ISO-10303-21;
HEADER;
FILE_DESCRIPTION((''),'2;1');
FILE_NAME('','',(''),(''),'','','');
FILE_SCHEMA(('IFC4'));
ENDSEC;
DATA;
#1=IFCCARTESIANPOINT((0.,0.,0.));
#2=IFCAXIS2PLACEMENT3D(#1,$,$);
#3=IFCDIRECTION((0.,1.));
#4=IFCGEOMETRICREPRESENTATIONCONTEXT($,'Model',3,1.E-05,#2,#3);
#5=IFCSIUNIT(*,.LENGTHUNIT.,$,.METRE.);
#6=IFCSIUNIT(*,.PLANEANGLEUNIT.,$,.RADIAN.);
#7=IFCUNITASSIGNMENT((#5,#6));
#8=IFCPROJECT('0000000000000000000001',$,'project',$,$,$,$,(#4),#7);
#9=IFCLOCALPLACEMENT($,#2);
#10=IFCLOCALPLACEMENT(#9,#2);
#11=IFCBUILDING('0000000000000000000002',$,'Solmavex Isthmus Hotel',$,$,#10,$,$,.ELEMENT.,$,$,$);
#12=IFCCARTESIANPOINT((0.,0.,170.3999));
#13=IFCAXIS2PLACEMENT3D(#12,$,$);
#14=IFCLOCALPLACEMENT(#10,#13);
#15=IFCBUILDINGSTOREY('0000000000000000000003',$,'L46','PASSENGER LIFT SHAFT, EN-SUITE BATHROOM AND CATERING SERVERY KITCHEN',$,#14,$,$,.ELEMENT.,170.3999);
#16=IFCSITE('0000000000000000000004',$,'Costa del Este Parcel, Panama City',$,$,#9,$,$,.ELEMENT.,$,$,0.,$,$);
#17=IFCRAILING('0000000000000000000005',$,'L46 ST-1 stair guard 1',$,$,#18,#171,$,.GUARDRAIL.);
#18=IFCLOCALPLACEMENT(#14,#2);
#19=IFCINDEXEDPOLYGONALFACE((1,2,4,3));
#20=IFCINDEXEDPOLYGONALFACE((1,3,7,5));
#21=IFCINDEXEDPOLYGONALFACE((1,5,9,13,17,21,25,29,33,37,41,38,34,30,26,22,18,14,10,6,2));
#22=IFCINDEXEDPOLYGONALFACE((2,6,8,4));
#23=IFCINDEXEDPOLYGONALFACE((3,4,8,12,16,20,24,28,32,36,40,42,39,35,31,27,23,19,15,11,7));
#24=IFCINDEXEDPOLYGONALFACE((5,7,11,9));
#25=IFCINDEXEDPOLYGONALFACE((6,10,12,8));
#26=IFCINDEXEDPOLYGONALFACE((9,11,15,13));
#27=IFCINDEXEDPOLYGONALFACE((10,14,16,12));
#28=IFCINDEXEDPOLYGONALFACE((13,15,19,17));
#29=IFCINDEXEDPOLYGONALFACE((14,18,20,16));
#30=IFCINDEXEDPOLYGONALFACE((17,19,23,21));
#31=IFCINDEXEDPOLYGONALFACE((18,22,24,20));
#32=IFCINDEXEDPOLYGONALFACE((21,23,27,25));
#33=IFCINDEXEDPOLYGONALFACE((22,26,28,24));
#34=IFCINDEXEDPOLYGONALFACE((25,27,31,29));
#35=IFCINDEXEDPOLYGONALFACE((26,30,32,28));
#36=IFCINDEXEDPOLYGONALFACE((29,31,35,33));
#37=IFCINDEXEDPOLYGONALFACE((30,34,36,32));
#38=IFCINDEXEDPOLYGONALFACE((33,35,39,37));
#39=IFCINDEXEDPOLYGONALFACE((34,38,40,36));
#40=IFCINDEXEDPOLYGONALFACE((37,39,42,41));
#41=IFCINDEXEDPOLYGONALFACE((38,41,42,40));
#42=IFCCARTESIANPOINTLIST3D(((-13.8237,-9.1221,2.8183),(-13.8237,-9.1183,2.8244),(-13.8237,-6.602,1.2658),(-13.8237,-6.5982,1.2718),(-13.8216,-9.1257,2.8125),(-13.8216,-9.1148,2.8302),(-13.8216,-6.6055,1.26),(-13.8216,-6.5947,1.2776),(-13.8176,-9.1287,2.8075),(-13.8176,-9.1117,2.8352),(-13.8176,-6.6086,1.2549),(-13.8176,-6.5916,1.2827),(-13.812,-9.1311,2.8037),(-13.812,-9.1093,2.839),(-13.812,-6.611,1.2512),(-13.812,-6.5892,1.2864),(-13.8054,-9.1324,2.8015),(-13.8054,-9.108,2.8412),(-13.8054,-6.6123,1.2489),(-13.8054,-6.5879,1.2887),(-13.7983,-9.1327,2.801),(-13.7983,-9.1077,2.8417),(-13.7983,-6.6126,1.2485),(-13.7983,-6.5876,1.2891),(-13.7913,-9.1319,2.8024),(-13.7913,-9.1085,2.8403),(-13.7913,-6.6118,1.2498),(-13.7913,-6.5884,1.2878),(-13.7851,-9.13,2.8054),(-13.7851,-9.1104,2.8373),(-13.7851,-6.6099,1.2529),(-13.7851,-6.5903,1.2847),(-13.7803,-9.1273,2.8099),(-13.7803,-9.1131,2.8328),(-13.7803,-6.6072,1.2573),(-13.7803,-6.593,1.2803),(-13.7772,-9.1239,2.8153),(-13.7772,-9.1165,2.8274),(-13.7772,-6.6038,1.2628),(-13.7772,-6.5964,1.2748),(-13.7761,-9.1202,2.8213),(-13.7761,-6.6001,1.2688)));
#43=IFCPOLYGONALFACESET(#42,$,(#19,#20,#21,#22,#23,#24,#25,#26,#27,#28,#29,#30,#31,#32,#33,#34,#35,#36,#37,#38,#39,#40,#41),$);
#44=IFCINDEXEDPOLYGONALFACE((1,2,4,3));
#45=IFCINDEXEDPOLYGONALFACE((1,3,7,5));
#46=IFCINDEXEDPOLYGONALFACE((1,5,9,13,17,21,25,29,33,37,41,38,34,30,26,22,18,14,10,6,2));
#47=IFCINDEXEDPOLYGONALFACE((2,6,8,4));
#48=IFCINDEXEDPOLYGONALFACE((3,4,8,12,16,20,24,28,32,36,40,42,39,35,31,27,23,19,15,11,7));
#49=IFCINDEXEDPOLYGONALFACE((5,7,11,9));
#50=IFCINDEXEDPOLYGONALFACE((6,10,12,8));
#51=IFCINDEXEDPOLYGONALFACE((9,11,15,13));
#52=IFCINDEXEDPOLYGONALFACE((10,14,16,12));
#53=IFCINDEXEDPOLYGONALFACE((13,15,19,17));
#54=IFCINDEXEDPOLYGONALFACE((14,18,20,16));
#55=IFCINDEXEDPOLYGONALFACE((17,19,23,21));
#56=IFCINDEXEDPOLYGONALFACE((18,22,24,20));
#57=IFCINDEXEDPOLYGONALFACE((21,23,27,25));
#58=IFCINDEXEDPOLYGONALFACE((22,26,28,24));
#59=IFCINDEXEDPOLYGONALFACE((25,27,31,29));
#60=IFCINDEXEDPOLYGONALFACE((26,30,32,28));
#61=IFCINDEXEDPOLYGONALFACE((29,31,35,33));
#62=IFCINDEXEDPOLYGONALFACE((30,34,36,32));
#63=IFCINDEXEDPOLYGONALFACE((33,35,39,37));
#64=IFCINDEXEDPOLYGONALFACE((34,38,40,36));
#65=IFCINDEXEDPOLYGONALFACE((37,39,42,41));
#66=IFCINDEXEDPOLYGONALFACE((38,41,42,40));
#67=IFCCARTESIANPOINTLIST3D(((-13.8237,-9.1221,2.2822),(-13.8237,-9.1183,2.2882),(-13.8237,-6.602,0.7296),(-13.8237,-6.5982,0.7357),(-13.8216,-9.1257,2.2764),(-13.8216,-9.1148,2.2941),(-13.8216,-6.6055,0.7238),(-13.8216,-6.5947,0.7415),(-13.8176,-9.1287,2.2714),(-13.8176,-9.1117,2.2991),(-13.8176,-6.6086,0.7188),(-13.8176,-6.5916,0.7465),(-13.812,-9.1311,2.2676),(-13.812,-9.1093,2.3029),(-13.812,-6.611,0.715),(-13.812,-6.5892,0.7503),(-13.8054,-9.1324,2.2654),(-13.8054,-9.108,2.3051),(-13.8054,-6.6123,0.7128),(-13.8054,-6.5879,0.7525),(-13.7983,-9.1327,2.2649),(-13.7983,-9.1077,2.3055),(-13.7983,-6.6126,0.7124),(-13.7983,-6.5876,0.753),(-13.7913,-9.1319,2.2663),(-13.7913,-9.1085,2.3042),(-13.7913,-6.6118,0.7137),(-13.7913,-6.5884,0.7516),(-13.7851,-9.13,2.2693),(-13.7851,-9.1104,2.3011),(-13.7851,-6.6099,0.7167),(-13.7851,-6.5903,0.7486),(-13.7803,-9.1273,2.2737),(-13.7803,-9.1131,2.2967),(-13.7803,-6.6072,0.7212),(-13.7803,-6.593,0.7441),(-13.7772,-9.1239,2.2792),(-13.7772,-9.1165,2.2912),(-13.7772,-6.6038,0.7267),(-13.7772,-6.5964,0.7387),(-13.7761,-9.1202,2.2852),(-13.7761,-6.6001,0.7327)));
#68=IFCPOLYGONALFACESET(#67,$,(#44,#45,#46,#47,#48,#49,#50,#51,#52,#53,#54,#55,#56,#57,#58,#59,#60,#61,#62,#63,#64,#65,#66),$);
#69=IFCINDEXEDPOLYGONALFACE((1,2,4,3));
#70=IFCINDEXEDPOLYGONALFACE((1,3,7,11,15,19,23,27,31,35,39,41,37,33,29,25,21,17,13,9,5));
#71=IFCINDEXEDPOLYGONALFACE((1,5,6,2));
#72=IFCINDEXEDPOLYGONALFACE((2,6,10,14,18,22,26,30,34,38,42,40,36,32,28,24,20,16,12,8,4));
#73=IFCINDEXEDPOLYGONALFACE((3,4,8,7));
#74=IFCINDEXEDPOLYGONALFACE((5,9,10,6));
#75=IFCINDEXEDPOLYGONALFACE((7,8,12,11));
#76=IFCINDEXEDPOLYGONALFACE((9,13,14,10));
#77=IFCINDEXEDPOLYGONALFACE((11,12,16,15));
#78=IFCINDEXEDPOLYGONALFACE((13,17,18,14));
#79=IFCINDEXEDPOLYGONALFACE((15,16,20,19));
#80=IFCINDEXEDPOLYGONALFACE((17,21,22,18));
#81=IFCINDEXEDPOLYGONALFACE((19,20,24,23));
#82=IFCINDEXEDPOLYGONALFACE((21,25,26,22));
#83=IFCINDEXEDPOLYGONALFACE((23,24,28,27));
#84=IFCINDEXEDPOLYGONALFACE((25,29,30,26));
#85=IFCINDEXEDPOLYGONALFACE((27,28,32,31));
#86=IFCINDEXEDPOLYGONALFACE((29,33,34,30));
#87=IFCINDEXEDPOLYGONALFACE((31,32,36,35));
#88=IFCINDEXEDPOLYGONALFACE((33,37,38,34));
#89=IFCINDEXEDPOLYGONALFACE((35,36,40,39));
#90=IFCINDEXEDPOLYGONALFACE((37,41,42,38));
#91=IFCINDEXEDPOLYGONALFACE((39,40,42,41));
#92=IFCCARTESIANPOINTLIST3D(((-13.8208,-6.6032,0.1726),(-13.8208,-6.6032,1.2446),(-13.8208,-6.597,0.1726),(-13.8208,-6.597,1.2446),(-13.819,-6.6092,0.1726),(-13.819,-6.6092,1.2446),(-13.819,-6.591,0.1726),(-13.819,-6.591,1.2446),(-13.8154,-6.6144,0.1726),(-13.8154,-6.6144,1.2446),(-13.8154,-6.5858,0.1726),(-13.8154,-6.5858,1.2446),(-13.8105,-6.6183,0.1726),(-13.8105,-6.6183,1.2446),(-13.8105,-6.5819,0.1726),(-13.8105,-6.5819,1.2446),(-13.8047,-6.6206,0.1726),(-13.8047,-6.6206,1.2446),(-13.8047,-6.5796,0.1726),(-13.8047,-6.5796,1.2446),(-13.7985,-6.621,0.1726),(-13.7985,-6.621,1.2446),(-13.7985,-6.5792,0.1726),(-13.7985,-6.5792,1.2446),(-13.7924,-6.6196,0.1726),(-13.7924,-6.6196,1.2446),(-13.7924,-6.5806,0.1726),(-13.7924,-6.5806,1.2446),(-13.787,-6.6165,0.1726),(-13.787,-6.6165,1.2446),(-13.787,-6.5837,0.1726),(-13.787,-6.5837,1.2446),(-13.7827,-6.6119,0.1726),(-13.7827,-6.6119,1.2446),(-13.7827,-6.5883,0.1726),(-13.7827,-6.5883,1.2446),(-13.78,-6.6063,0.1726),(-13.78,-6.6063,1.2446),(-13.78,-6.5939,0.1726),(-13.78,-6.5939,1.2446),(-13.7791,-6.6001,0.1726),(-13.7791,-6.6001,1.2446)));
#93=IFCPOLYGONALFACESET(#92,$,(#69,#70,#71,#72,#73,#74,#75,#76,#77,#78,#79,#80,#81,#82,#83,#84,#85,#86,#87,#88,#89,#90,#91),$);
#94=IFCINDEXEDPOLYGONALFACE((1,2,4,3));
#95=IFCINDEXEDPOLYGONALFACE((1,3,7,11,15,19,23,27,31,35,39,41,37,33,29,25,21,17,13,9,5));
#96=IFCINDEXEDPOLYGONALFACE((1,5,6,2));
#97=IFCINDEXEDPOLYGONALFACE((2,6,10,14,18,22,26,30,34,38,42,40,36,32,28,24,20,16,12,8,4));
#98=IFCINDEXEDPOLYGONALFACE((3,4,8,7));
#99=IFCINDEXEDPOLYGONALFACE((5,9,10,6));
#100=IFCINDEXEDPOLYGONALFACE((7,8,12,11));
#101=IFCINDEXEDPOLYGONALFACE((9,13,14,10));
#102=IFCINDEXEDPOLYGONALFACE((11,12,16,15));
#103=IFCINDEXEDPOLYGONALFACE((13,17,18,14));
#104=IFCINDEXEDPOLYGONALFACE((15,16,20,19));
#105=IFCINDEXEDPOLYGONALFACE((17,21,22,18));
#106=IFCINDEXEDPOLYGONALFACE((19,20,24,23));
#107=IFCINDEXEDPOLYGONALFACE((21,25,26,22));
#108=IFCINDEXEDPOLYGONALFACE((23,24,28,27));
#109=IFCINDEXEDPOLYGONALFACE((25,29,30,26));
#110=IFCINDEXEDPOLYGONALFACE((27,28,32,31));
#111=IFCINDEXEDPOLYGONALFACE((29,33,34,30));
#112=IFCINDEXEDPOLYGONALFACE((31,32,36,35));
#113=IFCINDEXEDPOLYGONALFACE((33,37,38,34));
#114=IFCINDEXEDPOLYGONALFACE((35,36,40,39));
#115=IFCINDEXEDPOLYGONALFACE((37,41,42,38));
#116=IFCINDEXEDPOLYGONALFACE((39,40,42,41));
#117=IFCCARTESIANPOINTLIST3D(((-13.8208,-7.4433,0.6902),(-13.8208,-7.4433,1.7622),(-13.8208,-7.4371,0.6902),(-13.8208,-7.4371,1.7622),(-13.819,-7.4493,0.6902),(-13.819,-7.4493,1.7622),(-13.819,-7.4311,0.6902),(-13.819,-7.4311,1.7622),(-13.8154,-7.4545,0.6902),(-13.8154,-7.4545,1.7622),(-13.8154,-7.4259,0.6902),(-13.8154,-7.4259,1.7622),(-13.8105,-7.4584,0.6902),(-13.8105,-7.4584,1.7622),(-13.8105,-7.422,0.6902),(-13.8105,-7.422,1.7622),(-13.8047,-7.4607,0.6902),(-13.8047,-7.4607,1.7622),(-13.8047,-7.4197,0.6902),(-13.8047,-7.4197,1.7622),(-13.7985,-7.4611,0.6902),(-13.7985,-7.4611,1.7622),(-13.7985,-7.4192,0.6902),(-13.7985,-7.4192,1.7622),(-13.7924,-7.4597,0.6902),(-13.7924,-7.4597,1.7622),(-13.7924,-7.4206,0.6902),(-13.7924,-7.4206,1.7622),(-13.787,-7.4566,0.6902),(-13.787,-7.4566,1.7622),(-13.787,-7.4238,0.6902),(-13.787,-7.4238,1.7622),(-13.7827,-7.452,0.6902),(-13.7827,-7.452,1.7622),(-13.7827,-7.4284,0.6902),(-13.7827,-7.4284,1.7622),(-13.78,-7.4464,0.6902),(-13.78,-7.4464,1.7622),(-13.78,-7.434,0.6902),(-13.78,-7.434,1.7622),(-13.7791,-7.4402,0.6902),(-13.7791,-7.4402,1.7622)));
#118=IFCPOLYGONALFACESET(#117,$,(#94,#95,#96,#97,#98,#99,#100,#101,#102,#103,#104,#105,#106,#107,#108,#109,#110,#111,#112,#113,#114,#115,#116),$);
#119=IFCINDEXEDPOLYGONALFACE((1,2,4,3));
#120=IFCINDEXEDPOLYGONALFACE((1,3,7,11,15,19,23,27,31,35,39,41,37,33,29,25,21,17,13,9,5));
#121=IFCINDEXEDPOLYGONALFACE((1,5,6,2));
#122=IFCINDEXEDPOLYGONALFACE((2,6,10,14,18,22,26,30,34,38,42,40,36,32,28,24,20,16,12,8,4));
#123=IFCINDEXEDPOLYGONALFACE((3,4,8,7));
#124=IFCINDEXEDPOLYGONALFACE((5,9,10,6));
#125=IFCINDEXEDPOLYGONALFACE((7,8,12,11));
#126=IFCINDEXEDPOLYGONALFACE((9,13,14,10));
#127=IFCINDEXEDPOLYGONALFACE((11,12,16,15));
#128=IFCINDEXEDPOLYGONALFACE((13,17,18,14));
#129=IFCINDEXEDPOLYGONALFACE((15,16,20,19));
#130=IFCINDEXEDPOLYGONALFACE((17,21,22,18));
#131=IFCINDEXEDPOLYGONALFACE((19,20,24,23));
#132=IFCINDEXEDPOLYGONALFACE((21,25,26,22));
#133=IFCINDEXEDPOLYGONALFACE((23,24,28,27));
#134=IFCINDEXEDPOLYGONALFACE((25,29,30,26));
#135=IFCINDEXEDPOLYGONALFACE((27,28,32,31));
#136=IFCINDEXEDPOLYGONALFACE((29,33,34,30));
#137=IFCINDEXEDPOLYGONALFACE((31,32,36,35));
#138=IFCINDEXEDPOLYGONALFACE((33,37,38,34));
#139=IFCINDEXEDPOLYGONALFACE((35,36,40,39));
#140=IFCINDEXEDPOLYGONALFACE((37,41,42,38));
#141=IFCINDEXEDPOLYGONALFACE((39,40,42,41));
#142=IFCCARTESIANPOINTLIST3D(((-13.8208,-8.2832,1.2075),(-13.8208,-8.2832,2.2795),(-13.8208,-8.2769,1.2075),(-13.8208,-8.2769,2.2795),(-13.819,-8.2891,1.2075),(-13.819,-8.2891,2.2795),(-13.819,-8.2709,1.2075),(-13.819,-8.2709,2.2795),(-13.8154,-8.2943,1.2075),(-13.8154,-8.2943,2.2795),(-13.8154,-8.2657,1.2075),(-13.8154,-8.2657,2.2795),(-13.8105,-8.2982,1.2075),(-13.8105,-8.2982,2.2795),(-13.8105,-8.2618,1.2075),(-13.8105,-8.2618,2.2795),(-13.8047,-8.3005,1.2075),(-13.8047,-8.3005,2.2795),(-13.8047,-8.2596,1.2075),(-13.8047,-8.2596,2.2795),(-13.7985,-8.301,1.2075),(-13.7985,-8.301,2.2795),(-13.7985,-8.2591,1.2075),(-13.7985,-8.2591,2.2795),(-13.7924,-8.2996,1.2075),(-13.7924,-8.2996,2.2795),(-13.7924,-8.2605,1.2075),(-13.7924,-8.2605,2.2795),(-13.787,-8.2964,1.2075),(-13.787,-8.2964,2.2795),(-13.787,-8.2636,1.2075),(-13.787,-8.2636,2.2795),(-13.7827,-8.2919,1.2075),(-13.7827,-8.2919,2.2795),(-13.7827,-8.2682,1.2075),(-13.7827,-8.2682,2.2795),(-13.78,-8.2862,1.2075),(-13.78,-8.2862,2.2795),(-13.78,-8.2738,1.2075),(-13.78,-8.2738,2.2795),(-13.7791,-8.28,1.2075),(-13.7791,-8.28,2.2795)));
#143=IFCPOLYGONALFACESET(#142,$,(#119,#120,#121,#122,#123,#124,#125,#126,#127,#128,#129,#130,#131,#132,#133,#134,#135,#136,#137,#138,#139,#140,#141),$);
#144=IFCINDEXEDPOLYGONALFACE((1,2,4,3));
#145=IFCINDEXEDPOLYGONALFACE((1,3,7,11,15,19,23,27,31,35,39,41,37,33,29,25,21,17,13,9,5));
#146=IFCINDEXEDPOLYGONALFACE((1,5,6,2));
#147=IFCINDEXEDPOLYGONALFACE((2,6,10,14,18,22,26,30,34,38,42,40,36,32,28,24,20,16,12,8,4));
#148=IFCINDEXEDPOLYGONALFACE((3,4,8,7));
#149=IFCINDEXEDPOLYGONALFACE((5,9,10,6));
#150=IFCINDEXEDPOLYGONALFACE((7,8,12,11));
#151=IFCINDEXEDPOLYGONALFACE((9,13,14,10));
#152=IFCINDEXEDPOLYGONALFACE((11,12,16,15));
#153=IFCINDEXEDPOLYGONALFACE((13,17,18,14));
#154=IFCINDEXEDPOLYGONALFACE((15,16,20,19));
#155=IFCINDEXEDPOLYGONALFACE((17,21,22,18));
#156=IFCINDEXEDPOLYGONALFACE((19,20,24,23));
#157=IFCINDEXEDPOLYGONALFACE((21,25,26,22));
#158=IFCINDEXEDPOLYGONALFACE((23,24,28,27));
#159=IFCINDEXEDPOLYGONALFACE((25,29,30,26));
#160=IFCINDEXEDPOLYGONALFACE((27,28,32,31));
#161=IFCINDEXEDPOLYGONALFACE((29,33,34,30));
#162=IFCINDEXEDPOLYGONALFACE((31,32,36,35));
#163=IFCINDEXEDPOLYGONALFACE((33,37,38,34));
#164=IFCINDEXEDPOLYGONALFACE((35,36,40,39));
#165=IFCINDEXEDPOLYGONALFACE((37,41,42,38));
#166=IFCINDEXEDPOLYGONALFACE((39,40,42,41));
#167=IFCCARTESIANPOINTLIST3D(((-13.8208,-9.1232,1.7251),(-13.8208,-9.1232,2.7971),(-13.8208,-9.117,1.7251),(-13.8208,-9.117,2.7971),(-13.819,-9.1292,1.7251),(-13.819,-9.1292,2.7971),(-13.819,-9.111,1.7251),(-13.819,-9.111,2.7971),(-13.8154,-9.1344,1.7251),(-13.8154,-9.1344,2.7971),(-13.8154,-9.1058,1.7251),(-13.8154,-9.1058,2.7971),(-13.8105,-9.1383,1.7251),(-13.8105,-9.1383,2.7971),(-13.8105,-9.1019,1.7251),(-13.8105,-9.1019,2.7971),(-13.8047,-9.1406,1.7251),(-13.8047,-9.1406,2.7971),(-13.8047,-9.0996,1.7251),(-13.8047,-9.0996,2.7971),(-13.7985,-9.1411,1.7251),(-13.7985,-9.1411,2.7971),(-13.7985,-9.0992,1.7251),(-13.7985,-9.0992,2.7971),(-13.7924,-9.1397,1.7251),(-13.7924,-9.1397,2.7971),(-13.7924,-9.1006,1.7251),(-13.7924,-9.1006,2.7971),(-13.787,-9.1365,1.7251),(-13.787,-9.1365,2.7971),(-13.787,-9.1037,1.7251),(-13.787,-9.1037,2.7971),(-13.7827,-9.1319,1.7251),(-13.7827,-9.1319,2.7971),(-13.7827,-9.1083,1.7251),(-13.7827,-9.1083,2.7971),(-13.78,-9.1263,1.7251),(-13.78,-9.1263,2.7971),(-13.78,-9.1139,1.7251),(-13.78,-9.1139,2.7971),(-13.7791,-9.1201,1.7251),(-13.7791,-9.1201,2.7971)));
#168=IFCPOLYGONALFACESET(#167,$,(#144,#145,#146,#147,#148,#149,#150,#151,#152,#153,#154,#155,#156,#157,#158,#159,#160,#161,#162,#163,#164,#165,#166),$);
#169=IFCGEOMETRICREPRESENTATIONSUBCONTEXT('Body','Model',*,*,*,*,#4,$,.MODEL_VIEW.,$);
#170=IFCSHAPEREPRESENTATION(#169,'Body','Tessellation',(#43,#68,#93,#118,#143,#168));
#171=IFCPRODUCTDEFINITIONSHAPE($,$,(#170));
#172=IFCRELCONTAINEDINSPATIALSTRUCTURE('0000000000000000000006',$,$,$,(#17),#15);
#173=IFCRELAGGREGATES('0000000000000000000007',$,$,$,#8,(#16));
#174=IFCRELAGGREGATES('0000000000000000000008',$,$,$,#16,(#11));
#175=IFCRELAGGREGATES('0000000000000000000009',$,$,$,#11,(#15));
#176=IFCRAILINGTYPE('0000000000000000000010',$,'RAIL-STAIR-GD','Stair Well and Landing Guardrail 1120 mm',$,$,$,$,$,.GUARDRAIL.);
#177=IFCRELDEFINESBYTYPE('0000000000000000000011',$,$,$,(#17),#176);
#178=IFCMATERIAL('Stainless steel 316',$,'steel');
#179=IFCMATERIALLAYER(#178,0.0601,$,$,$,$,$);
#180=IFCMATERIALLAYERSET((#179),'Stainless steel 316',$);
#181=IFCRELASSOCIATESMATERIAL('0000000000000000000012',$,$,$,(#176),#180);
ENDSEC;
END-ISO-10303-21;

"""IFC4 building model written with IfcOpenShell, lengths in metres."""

from ifc_helpers import new_model, si_unit, direction, frame, origin, origin_2d, place, context, subcontext, project, spatial, circle, extrude, material, layer, layer_set, type_object, element, save


model = new_model("IFC4")

# Units and contexts
model_context = context("Model", 3, precision=1e-05, world=origin(), true_north=direction((0.0, 1.0)))
body_context = subcontext(model_context, "Body", "Model", "MODEL_VIEW")
ifc_project = project(units=[si_unit("LENGTHUNIT", "METRE"), si_unit("PLANEANGLEUNIT", "RADIAN")], contexts=[model_context])

# Site, building, storey
site_placement = place(None, origin())
site = spatial("IfcSite", under=ifc_project, at=site_placement, Name="Costa del Este Parcel, Panama City", CompositionType="ELEMENT", RefElevation=0.0)
building_placement = place(site_placement, origin())
building = spatial("IfcBuilding", under=site, at=building_placement, Name="Solmavex Isthmus Hotel", CompositionType="ELEMENT")
storey_placement = place(building_placement, frame((0.0, 0.0, 170.3999)))
storey = spatial("IfcBuildingStorey", under=building, at=storey_placement, Name="L46", Description="PASSENGER LIFT SHAFT, EN-SUITE BATHROOM AND CATERING SERVERY KITCHEN", CompositionType="ELEMENT", Elevation=170.3999)

# Railing
ifc_material_1 = material(Name="Stainless steel 316", Category="steel")
ifc_layer_1 = layer(ifc_material_1, 0.0601)
ifc_layer_set_1 = layer_set([ifc_layer_1], Name="Stainless steel 316")
railing_type_1 = type_object("IfcRailingType", Name="RAIL-STAIR-GD", Description="Stair Well and Landing Guardrail 1120 mm", PredefinedType="GUARDRAIL", material=ifc_layer_set_1)
railing_1_placement = place(storey_placement, frame((-13.8, -6.6001, 0.1726)))
element("IfcRailing", 1, at=railing_1_placement, inside=storey, type_object=railing_type_1, Name="L46 ST-1 stair guard 1", PredefinedType="GUARDRAIL", context=body_context, shape_type="SweptSolid", body=[
    extrude(circle(Radius=0.0239, at=origin_2d()), frame((0.0, 0.0, 1.0962), z_axis=(0.0, -0.8514, 0.524516), x_axis=(1.0, 0.0, 0.0)), (0.0, 0.0, 1.0), 2.96),
    extrude(circle(Radius=0.0239, at=origin_2d()), frame((0.0, 0.0, 0.5601), z_axis=(0.0, -0.8514, 0.524516), x_axis=(1.0, 0.0, 0.0)), (0.0, 0.0, 1.0), 2.96),
    extrude(circle(Radius=0.021, at=origin_2d()), origin(), (0.0, 0.0, 1.0), 1.072),
    extrude(circle(Radius=0.021, at=origin_2d()), frame((0.0, -0.8401, 0.5176)), (0.0, 0.0, 1.0), 1.072),
    extrude(circle(Radius=0.021, at=origin_2d()), frame((0.0, -1.6799, 1.0349)), (0.0, 0.0, 1.0), 1.072),
    extrude(circle(Radius=0.021, at=origin_2d()), frame((0.0, -2.52, 1.5525)), (0.0, 0.0, 1.0), 1.072),
])

save(model, "model.ifc")
